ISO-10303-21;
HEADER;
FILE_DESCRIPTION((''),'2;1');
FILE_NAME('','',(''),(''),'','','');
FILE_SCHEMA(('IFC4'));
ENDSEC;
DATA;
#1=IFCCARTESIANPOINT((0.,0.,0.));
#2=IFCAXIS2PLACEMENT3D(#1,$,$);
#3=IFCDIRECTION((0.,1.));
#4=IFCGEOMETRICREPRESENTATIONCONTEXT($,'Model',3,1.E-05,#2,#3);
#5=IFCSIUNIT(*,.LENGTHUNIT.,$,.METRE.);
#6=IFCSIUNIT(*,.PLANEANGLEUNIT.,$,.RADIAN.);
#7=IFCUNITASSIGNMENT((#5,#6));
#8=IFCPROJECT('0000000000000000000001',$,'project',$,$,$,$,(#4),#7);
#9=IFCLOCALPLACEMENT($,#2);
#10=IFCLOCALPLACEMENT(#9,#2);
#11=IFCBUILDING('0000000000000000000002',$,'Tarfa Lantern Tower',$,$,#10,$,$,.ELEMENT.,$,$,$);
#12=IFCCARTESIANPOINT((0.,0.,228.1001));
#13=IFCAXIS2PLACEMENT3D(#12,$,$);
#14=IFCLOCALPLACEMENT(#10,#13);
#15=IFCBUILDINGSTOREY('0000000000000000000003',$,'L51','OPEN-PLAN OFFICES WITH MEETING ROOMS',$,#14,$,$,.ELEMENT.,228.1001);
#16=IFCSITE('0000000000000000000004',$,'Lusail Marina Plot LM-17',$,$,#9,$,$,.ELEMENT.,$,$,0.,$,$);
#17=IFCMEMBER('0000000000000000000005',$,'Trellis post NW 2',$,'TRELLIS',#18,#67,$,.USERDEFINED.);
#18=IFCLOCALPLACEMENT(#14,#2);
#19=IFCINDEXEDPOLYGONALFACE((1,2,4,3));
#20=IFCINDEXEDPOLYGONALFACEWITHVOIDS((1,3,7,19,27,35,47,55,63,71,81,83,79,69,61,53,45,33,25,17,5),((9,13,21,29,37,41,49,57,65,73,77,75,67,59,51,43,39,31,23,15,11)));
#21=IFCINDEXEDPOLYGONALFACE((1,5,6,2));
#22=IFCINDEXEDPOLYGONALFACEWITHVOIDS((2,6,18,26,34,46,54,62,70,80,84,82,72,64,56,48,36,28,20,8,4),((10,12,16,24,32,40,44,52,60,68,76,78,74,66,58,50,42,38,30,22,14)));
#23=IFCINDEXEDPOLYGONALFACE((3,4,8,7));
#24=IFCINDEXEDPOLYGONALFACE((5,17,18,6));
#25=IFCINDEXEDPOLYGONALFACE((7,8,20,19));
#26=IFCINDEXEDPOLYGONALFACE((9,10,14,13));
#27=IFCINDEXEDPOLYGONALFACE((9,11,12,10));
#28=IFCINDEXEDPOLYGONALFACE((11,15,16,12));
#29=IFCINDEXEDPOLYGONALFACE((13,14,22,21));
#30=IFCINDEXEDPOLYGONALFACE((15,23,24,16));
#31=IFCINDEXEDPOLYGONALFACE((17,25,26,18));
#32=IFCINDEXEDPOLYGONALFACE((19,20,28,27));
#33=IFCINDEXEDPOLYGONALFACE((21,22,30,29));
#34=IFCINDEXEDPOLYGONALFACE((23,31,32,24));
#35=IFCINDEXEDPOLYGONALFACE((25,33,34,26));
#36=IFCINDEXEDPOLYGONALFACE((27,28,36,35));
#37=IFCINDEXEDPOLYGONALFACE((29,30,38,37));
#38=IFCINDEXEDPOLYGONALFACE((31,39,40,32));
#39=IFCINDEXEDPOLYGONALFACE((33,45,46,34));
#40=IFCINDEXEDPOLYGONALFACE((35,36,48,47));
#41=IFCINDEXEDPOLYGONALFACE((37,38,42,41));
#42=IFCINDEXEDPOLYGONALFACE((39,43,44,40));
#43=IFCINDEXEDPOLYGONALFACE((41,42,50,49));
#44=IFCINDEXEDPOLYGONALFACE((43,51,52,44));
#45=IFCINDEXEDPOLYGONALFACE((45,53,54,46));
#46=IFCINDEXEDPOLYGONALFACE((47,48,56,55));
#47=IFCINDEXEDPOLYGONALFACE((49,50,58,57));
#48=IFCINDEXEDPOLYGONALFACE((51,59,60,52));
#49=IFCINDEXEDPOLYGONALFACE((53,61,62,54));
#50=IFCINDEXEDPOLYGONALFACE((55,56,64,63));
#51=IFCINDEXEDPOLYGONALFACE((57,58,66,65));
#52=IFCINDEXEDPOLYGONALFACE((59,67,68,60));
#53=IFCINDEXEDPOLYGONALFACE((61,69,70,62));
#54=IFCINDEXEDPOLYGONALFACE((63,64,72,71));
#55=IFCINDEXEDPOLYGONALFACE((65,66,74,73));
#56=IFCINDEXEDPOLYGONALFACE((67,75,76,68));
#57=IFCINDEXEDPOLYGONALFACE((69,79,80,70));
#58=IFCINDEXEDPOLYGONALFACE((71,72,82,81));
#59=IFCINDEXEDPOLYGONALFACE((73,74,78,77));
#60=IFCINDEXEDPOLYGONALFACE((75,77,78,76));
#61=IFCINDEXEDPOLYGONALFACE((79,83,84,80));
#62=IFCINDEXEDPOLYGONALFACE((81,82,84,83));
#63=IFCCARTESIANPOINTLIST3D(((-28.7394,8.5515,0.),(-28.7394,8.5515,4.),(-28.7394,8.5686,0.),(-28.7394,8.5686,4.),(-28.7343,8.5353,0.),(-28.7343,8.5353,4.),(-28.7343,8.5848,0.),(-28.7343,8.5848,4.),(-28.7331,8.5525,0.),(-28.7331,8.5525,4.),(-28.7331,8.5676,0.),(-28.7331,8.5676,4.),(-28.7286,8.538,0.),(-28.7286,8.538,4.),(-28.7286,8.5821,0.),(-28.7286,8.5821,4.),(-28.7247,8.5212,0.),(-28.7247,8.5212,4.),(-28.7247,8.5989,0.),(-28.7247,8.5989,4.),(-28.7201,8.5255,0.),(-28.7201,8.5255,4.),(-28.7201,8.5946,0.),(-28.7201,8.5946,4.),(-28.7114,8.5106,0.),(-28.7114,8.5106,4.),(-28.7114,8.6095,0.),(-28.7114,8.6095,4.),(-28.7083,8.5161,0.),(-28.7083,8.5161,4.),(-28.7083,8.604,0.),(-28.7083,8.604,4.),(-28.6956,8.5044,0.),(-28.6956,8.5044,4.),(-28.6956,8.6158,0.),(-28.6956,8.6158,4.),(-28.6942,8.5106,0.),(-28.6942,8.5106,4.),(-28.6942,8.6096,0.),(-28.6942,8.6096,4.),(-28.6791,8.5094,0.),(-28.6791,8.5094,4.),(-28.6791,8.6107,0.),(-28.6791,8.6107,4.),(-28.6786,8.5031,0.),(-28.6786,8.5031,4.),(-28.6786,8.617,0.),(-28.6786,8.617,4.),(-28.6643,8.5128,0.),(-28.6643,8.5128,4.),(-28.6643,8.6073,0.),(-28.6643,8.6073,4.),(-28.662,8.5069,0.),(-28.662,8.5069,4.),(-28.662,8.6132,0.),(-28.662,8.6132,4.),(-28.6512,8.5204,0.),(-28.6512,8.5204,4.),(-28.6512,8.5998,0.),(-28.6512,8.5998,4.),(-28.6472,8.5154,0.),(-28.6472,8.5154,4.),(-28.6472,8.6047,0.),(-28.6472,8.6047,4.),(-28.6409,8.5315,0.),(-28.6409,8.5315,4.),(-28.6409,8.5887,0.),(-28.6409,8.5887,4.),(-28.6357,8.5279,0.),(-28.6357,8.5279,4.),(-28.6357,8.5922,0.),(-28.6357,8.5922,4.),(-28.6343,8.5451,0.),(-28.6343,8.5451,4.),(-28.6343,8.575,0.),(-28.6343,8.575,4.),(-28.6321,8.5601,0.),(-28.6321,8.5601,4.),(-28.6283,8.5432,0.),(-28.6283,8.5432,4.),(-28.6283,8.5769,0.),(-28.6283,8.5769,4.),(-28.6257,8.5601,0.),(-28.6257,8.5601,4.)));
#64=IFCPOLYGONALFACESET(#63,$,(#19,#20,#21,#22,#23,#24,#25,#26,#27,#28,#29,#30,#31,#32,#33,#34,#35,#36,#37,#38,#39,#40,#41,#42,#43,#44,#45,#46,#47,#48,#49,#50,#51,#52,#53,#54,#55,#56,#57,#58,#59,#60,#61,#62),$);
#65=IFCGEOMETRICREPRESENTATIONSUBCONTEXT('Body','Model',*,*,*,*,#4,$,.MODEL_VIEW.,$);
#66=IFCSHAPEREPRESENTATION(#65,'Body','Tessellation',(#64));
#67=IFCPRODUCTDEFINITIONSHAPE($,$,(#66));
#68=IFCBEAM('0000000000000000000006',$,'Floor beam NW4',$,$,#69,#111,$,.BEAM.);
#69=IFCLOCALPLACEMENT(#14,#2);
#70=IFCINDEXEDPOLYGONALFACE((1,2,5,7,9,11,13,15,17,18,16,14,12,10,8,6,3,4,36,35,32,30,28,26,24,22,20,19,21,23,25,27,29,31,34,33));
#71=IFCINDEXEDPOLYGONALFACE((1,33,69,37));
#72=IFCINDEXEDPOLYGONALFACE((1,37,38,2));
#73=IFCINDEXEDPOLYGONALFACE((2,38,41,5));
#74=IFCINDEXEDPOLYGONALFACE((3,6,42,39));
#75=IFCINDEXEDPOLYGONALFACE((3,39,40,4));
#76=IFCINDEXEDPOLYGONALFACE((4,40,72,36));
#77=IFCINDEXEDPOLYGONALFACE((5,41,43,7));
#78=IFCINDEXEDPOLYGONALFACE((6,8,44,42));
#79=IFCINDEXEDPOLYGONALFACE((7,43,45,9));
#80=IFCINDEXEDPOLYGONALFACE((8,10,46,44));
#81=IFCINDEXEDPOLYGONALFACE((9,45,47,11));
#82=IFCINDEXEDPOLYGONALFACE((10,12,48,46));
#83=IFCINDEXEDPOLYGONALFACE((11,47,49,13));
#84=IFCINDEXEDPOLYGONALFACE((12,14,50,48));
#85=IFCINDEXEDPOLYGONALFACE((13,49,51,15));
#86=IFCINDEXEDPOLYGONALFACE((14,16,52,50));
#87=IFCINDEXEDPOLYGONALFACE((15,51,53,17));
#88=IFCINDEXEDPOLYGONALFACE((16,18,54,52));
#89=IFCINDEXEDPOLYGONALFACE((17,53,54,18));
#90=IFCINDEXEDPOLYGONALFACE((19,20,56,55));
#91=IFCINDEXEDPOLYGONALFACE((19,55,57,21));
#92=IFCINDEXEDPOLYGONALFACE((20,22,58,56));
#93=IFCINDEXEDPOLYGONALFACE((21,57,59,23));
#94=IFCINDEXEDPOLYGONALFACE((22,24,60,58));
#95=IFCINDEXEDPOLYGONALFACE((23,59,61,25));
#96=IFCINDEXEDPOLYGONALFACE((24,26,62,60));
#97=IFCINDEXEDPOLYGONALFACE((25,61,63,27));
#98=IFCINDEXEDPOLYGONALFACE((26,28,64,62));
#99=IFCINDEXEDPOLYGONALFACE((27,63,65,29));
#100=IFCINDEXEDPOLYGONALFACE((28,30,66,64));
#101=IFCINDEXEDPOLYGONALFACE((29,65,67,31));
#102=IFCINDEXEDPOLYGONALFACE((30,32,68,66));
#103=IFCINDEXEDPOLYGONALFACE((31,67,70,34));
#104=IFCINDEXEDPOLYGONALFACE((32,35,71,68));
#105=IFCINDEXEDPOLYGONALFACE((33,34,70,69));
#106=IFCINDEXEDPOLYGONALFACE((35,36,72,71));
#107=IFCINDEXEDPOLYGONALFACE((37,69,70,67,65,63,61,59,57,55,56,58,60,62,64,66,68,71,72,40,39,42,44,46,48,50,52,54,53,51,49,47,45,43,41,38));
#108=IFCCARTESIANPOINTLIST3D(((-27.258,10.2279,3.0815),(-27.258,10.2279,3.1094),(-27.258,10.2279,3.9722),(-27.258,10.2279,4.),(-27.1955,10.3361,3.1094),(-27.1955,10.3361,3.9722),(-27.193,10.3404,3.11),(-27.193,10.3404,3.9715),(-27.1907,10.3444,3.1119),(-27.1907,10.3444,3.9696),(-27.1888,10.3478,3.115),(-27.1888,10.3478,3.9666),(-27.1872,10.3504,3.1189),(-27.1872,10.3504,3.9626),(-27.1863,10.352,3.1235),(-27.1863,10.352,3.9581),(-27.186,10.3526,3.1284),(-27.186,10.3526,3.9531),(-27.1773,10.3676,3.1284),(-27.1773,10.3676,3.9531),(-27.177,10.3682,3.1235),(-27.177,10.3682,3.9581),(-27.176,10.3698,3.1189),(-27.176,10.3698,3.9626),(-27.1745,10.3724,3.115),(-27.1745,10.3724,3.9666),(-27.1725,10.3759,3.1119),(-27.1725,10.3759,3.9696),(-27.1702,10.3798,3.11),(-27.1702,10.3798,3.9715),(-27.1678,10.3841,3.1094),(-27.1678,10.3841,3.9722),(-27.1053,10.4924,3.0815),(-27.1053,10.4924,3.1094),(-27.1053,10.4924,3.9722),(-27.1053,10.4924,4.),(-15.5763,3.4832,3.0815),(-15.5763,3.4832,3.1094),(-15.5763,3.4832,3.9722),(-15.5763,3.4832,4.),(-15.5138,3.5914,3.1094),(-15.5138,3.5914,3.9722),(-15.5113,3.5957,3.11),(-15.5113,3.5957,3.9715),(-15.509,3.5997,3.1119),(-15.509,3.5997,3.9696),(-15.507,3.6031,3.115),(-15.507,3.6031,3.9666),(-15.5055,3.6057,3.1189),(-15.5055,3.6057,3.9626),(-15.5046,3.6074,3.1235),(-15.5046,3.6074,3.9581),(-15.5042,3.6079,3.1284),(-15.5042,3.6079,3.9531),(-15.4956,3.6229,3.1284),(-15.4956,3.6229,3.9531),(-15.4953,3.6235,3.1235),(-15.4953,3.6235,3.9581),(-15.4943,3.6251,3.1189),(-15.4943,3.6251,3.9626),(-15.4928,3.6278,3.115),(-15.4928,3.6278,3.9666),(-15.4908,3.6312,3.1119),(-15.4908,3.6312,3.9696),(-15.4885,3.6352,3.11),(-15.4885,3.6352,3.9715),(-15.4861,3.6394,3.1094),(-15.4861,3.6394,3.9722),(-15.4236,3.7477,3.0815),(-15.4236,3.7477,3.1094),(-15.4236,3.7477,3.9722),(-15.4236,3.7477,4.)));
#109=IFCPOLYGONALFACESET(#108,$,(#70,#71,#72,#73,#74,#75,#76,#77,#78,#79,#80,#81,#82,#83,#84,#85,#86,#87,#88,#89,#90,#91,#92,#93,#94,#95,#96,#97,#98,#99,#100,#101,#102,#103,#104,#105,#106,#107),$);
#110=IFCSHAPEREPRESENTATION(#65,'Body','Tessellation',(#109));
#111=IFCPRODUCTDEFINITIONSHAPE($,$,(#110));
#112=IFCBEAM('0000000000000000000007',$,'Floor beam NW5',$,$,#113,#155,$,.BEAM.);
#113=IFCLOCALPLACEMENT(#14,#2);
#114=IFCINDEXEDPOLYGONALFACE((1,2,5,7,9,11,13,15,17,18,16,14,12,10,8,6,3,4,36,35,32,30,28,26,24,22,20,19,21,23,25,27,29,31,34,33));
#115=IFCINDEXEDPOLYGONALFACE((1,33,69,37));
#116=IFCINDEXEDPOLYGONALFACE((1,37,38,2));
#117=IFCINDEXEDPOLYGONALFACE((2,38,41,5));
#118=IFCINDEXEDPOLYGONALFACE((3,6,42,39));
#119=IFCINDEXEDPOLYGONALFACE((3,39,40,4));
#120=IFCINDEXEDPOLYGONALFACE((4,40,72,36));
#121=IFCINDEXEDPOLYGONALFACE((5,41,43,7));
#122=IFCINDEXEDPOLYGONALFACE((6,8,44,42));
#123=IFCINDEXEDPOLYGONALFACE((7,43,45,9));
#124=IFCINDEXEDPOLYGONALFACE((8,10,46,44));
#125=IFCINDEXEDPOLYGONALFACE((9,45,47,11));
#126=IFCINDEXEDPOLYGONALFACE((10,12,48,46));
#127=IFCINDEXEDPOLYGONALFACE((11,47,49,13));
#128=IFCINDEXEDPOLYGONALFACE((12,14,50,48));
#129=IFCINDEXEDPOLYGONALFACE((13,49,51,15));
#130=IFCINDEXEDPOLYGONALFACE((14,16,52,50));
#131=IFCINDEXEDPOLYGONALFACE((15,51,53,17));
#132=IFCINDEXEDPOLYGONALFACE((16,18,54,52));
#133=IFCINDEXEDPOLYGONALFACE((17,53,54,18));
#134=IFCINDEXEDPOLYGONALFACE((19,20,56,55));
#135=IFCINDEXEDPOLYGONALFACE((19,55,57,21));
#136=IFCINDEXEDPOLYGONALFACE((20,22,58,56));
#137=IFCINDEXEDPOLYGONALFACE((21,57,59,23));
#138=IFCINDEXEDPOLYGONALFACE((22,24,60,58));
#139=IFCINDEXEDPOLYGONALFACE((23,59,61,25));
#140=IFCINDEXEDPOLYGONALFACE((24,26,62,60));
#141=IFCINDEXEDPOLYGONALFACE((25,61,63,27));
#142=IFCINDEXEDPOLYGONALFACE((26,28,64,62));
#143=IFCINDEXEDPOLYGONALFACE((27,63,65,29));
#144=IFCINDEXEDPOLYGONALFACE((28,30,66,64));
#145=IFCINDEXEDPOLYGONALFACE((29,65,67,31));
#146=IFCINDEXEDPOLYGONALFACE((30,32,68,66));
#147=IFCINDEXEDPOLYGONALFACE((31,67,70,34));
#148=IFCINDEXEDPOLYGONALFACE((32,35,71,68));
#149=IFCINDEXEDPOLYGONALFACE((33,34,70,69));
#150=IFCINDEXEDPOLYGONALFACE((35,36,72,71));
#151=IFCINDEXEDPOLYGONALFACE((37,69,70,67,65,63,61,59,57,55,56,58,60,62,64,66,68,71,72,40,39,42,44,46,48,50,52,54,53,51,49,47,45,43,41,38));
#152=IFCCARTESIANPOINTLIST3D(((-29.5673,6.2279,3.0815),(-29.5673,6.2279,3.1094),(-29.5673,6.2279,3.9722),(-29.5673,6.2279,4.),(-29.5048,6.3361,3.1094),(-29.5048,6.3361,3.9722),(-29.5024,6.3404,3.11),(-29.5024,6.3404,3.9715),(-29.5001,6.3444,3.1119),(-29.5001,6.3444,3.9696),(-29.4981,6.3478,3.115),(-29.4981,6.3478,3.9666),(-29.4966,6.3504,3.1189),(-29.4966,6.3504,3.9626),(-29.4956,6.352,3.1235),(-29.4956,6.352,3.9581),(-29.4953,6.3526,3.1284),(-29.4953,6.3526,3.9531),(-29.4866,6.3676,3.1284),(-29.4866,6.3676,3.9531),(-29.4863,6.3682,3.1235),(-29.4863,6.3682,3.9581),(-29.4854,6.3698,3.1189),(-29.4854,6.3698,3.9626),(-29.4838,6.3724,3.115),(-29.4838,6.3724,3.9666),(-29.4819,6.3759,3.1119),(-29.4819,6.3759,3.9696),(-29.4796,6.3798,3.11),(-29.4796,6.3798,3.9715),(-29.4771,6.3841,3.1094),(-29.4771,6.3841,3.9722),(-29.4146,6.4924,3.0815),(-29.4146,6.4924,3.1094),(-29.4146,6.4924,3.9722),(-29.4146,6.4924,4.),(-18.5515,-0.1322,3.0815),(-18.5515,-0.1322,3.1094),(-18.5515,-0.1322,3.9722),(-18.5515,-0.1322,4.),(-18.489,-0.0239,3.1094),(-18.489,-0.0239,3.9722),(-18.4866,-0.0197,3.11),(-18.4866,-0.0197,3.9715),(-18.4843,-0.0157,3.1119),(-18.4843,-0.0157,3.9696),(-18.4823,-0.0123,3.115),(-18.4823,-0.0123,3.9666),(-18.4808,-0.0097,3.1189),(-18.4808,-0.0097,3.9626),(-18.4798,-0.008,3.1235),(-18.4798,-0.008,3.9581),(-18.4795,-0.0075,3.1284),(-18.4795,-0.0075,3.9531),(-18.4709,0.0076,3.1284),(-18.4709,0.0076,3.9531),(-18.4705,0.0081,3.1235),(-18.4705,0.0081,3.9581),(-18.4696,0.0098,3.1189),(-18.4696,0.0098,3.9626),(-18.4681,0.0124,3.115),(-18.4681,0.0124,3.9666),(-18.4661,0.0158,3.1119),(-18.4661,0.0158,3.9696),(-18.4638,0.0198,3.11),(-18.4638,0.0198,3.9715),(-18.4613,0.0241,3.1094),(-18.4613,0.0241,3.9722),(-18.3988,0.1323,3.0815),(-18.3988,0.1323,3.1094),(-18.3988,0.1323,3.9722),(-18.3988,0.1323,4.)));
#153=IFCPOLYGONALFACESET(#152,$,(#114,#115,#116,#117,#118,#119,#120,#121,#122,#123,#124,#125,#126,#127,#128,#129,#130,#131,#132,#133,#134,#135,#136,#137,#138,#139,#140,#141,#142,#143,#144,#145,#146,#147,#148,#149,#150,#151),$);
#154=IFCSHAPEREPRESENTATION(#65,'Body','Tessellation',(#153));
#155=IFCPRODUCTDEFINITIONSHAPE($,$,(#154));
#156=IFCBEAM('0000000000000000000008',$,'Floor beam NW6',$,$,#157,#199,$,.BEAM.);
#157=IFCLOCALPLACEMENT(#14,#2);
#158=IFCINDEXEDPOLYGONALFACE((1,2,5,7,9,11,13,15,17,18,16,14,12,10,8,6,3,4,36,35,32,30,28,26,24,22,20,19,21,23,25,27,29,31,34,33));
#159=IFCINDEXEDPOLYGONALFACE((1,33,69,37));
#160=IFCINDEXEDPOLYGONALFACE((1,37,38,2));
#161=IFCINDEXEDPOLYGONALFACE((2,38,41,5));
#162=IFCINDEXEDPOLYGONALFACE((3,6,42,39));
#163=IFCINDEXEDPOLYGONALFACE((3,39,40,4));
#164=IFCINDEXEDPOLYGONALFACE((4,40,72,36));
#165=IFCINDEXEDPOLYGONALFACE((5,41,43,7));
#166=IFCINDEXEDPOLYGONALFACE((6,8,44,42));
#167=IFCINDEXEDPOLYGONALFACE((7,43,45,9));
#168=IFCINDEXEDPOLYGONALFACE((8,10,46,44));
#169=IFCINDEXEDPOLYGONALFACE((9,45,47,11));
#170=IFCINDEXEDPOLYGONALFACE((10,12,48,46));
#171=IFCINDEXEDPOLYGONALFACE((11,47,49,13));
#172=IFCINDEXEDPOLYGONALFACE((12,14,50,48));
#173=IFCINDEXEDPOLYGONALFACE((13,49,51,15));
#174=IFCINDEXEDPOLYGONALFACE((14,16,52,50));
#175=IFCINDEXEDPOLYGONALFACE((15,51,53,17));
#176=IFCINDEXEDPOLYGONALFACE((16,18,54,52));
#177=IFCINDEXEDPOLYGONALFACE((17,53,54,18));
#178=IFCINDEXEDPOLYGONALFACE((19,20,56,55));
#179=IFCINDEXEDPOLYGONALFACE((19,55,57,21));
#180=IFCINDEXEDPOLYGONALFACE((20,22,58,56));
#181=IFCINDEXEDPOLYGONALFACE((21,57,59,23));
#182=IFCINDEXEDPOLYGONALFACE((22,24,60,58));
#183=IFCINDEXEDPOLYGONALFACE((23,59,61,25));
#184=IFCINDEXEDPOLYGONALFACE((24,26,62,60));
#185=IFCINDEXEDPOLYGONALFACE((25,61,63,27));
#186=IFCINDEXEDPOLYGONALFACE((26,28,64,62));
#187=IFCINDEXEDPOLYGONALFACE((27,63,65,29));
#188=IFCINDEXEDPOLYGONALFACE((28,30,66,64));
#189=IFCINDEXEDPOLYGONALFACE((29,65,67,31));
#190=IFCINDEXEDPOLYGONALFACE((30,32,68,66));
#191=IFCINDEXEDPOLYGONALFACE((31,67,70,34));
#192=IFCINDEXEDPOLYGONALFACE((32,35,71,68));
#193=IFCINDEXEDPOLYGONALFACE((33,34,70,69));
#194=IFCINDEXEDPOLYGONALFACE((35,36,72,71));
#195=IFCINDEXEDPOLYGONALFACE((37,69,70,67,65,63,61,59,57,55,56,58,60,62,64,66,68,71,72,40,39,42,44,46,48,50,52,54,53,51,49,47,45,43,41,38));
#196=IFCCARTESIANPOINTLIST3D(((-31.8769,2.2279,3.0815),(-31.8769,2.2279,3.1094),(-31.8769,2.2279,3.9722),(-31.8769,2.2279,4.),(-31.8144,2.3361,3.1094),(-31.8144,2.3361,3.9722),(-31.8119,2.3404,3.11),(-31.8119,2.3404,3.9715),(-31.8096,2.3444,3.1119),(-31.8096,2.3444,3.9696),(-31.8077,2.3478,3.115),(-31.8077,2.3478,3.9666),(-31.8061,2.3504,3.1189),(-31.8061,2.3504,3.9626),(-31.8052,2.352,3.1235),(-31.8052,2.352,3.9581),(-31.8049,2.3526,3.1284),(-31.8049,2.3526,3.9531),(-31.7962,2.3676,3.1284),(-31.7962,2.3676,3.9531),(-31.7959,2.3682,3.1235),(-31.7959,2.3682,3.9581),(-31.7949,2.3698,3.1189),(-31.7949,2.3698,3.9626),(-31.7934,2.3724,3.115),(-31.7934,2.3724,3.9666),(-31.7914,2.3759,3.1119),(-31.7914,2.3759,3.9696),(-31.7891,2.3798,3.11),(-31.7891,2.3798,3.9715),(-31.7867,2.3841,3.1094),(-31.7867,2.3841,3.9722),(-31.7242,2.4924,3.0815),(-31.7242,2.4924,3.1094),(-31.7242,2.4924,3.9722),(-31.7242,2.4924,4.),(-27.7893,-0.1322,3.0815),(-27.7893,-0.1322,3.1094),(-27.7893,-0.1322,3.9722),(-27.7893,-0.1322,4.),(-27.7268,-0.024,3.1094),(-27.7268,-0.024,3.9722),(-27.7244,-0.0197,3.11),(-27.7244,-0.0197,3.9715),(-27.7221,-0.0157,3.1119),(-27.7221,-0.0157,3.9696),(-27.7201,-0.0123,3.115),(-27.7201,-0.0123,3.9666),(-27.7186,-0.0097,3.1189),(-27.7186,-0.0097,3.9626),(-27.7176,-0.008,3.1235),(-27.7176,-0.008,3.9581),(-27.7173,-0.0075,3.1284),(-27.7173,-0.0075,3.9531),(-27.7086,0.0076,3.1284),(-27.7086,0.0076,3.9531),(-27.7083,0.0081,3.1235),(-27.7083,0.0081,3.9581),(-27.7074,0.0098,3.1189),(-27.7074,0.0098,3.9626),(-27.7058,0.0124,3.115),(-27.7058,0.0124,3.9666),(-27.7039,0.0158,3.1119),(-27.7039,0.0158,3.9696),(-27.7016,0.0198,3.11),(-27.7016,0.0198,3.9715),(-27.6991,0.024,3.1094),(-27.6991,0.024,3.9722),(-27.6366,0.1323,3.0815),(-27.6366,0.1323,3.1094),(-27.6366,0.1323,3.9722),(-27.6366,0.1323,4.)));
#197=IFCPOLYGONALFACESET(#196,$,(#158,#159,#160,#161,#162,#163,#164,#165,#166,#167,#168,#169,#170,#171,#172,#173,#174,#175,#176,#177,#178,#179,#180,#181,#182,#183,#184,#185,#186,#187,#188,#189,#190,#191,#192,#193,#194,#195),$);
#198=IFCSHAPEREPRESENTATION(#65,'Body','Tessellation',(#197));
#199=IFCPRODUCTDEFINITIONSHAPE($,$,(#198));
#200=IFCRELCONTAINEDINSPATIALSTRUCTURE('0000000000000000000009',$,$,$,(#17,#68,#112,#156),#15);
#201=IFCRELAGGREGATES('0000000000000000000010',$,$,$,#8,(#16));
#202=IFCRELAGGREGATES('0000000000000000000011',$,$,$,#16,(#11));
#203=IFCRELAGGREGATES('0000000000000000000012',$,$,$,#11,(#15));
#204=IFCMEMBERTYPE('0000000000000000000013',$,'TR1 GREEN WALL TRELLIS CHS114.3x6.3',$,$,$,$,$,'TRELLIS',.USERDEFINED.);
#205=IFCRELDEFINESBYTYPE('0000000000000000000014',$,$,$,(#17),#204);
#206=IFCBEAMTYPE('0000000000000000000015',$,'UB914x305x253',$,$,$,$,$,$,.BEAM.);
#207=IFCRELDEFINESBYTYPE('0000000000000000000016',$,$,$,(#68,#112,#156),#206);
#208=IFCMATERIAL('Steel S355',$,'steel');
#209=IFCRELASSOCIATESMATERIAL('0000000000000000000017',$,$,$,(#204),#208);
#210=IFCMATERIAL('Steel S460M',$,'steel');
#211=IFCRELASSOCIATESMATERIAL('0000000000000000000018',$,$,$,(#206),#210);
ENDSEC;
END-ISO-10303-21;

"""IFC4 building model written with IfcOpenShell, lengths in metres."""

from ifc_helpers import new_model, si_unit, direction, frame, origin, origin_2d, place, context, subcontext, project, spatial, hollow_circle, i_section, extrude, material, material_profile, profile_set, type_object, element, save


model = new_model("IFC4")

# Units and contexts
model_context = context("Model", 3, precision=1e-05, world=origin(), true_north=direction((0.0, 1.0)))
body_context = subcontext(model_context, "Body", "Model", "MODEL_VIEW")
ifc_project = project(units=[si_unit("LENGTHUNIT", "METRE"), si_unit("PLANEANGLEUNIT", "RADIAN")], contexts=[model_context])

# Site, building, storey
site_placement = place(None, origin())
site = spatial("IfcSite", under=ifc_project, at=site_placement, Name="Lusail Marina Plot LM-17", CompositionType="ELEMENT", RefElevation=0.0)
building_placement = place(site_placement, origin())
building = spatial("IfcBuilding", under=site, at=building_placement, Name="Tarfa Lantern Tower", CompositionType="ELEMENT")
storey_placement = place(building_placement, frame((0.0, 0.0, 228.1001)))
storey = spatial("IfcBuildingStorey", under=building, at=storey_placement, Name="L51", Description="OPEN-PLAN OFFICES WITH MEETING ROOMS", CompositionType="ELEMENT", Elevation=228.1001)

# Member
ifc_material_1 = material(Name="Steel S355", Category="steel")
ifc_material_profile_1 = material_profile(ifc_material_1, hollow_circle(Radius=0.0571, WallThickness=0.0063, at=origin_2d()), Name="CHS114.3x6.3")
ifc_profile_set_1 = profile_set([ifc_material_profile_1], Name="Steel S355")
member_type_1 = type_object("IfcMemberType", Name="TR1 GREEN WALL TRELLIS CHS114.3x6.3", ElementType="TRELLIS", PredefinedType="USERDEFINED", material=ifc_profile_set_1)
member_1_placement = place(storey_placement, frame((-28.6829, 8.5601, 0.0), z_axis=(0.0, 0.0, 1.0), x_axis=(1.0, 0.0, 0.0)))
element("IfcMember", 1, at=member_1_placement, inside=storey, type_object=member_type_1, Name="Trellis post NW 2", ObjectType="TRELLIS", PredefinedType="USERDEFINED", context=body_context, shape_type="SweptSolid", body=[
    extrude(hollow_circle(Radius=0.0571, WallThickness=0.0063, at=origin_2d()), origin(), (0.0, 0.0, 1.0), 4.0),
])

# Beams
ifc_material_2 = material(Name="Steel S460M", Category="steel")
ifc_material_profile_2 = material_profile(ifc_material_2, i_section(OverallWidth=0.3054, OverallDepth=0.9185, WebThickness=0.0173, FlangeThickness=0.0278, FilletRadius=0.019, at=origin_2d()), Name="UB914x305x253")
ifc_profile_set_2 = profile_set([ifc_material_profile_2], Name="Steel S460M")
beam_type_1 = type_object("IfcBeamType", Name="UB914x305x253", PredefinedType="BEAM", material=ifc_profile_set_2)
beam_1_placement = place(storey_placement, frame((-27.1816, 10.3601, 3.5408), z_axis=(0.866018, -0.500013, 0.0), x_axis=(0.500013, 0.866018, 0.0)))
element("IfcBeam", 2, at=beam_1_placement, inside=storey, type_object=beam_type_1, Name="Floor beam NW4", PredefinedType="BEAM", context=body_context, shape_type="SweptSolid", body=[
    extrude(i_section(OverallWidth=0.3054, OverallDepth=0.9185, WebThickness=0.0173, FlangeThickness=0.0278, FilletRadius=0.019, at=origin_2d()), origin(), (0.0, 0.0, 1.0), 13.489),
])
beam_2_placement = place(storey_placement, frame((-29.491, 6.3601, 3.5408), z_axis=(0.866022, -0.500005, 0.0), x_axis=(0.500005, 0.866022, 0.0)))
element("IfcBeam", 3, at=beam_2_placement, inside=storey, type_object=beam_type_1, Name="Floor beam NW5", PredefinedType="BEAM", context=body_context, shape_type="SweptSolid", body=[
    extrude(i_section(OverallWidth=0.3054, OverallDepth=0.9185, WebThickness=0.0173, FlangeThickness=0.0278, FilletRadius=0.019, at=origin_2d()), origin(), (0.0, 0.0, 1.0), 12.72),
])
beam_3_placement = place(storey_placement, frame((-31.8005, 2.3601, 3.5408), z_axis=(0.866016, -0.500016, 0.0), x_axis=(0.500016, 0.866016, 0.0)))
element("IfcBeam", 4, at=beam_3_placement, inside=storey, type_object=beam_type_1, Name="Floor beam NW6", PredefinedType="BEAM", context=body_context, shape_type="SweptSolid", body=[
    extrude(i_section(OverallWidth=0.3054, OverallDepth=0.9185, WebThickness=0.0173, FlangeThickness=0.0278, FilletRadius=0.019, at=origin_2d()), origin(), (0.0, 0.0, 1.0), 4.72),
])

save(model, "model.ifc")
